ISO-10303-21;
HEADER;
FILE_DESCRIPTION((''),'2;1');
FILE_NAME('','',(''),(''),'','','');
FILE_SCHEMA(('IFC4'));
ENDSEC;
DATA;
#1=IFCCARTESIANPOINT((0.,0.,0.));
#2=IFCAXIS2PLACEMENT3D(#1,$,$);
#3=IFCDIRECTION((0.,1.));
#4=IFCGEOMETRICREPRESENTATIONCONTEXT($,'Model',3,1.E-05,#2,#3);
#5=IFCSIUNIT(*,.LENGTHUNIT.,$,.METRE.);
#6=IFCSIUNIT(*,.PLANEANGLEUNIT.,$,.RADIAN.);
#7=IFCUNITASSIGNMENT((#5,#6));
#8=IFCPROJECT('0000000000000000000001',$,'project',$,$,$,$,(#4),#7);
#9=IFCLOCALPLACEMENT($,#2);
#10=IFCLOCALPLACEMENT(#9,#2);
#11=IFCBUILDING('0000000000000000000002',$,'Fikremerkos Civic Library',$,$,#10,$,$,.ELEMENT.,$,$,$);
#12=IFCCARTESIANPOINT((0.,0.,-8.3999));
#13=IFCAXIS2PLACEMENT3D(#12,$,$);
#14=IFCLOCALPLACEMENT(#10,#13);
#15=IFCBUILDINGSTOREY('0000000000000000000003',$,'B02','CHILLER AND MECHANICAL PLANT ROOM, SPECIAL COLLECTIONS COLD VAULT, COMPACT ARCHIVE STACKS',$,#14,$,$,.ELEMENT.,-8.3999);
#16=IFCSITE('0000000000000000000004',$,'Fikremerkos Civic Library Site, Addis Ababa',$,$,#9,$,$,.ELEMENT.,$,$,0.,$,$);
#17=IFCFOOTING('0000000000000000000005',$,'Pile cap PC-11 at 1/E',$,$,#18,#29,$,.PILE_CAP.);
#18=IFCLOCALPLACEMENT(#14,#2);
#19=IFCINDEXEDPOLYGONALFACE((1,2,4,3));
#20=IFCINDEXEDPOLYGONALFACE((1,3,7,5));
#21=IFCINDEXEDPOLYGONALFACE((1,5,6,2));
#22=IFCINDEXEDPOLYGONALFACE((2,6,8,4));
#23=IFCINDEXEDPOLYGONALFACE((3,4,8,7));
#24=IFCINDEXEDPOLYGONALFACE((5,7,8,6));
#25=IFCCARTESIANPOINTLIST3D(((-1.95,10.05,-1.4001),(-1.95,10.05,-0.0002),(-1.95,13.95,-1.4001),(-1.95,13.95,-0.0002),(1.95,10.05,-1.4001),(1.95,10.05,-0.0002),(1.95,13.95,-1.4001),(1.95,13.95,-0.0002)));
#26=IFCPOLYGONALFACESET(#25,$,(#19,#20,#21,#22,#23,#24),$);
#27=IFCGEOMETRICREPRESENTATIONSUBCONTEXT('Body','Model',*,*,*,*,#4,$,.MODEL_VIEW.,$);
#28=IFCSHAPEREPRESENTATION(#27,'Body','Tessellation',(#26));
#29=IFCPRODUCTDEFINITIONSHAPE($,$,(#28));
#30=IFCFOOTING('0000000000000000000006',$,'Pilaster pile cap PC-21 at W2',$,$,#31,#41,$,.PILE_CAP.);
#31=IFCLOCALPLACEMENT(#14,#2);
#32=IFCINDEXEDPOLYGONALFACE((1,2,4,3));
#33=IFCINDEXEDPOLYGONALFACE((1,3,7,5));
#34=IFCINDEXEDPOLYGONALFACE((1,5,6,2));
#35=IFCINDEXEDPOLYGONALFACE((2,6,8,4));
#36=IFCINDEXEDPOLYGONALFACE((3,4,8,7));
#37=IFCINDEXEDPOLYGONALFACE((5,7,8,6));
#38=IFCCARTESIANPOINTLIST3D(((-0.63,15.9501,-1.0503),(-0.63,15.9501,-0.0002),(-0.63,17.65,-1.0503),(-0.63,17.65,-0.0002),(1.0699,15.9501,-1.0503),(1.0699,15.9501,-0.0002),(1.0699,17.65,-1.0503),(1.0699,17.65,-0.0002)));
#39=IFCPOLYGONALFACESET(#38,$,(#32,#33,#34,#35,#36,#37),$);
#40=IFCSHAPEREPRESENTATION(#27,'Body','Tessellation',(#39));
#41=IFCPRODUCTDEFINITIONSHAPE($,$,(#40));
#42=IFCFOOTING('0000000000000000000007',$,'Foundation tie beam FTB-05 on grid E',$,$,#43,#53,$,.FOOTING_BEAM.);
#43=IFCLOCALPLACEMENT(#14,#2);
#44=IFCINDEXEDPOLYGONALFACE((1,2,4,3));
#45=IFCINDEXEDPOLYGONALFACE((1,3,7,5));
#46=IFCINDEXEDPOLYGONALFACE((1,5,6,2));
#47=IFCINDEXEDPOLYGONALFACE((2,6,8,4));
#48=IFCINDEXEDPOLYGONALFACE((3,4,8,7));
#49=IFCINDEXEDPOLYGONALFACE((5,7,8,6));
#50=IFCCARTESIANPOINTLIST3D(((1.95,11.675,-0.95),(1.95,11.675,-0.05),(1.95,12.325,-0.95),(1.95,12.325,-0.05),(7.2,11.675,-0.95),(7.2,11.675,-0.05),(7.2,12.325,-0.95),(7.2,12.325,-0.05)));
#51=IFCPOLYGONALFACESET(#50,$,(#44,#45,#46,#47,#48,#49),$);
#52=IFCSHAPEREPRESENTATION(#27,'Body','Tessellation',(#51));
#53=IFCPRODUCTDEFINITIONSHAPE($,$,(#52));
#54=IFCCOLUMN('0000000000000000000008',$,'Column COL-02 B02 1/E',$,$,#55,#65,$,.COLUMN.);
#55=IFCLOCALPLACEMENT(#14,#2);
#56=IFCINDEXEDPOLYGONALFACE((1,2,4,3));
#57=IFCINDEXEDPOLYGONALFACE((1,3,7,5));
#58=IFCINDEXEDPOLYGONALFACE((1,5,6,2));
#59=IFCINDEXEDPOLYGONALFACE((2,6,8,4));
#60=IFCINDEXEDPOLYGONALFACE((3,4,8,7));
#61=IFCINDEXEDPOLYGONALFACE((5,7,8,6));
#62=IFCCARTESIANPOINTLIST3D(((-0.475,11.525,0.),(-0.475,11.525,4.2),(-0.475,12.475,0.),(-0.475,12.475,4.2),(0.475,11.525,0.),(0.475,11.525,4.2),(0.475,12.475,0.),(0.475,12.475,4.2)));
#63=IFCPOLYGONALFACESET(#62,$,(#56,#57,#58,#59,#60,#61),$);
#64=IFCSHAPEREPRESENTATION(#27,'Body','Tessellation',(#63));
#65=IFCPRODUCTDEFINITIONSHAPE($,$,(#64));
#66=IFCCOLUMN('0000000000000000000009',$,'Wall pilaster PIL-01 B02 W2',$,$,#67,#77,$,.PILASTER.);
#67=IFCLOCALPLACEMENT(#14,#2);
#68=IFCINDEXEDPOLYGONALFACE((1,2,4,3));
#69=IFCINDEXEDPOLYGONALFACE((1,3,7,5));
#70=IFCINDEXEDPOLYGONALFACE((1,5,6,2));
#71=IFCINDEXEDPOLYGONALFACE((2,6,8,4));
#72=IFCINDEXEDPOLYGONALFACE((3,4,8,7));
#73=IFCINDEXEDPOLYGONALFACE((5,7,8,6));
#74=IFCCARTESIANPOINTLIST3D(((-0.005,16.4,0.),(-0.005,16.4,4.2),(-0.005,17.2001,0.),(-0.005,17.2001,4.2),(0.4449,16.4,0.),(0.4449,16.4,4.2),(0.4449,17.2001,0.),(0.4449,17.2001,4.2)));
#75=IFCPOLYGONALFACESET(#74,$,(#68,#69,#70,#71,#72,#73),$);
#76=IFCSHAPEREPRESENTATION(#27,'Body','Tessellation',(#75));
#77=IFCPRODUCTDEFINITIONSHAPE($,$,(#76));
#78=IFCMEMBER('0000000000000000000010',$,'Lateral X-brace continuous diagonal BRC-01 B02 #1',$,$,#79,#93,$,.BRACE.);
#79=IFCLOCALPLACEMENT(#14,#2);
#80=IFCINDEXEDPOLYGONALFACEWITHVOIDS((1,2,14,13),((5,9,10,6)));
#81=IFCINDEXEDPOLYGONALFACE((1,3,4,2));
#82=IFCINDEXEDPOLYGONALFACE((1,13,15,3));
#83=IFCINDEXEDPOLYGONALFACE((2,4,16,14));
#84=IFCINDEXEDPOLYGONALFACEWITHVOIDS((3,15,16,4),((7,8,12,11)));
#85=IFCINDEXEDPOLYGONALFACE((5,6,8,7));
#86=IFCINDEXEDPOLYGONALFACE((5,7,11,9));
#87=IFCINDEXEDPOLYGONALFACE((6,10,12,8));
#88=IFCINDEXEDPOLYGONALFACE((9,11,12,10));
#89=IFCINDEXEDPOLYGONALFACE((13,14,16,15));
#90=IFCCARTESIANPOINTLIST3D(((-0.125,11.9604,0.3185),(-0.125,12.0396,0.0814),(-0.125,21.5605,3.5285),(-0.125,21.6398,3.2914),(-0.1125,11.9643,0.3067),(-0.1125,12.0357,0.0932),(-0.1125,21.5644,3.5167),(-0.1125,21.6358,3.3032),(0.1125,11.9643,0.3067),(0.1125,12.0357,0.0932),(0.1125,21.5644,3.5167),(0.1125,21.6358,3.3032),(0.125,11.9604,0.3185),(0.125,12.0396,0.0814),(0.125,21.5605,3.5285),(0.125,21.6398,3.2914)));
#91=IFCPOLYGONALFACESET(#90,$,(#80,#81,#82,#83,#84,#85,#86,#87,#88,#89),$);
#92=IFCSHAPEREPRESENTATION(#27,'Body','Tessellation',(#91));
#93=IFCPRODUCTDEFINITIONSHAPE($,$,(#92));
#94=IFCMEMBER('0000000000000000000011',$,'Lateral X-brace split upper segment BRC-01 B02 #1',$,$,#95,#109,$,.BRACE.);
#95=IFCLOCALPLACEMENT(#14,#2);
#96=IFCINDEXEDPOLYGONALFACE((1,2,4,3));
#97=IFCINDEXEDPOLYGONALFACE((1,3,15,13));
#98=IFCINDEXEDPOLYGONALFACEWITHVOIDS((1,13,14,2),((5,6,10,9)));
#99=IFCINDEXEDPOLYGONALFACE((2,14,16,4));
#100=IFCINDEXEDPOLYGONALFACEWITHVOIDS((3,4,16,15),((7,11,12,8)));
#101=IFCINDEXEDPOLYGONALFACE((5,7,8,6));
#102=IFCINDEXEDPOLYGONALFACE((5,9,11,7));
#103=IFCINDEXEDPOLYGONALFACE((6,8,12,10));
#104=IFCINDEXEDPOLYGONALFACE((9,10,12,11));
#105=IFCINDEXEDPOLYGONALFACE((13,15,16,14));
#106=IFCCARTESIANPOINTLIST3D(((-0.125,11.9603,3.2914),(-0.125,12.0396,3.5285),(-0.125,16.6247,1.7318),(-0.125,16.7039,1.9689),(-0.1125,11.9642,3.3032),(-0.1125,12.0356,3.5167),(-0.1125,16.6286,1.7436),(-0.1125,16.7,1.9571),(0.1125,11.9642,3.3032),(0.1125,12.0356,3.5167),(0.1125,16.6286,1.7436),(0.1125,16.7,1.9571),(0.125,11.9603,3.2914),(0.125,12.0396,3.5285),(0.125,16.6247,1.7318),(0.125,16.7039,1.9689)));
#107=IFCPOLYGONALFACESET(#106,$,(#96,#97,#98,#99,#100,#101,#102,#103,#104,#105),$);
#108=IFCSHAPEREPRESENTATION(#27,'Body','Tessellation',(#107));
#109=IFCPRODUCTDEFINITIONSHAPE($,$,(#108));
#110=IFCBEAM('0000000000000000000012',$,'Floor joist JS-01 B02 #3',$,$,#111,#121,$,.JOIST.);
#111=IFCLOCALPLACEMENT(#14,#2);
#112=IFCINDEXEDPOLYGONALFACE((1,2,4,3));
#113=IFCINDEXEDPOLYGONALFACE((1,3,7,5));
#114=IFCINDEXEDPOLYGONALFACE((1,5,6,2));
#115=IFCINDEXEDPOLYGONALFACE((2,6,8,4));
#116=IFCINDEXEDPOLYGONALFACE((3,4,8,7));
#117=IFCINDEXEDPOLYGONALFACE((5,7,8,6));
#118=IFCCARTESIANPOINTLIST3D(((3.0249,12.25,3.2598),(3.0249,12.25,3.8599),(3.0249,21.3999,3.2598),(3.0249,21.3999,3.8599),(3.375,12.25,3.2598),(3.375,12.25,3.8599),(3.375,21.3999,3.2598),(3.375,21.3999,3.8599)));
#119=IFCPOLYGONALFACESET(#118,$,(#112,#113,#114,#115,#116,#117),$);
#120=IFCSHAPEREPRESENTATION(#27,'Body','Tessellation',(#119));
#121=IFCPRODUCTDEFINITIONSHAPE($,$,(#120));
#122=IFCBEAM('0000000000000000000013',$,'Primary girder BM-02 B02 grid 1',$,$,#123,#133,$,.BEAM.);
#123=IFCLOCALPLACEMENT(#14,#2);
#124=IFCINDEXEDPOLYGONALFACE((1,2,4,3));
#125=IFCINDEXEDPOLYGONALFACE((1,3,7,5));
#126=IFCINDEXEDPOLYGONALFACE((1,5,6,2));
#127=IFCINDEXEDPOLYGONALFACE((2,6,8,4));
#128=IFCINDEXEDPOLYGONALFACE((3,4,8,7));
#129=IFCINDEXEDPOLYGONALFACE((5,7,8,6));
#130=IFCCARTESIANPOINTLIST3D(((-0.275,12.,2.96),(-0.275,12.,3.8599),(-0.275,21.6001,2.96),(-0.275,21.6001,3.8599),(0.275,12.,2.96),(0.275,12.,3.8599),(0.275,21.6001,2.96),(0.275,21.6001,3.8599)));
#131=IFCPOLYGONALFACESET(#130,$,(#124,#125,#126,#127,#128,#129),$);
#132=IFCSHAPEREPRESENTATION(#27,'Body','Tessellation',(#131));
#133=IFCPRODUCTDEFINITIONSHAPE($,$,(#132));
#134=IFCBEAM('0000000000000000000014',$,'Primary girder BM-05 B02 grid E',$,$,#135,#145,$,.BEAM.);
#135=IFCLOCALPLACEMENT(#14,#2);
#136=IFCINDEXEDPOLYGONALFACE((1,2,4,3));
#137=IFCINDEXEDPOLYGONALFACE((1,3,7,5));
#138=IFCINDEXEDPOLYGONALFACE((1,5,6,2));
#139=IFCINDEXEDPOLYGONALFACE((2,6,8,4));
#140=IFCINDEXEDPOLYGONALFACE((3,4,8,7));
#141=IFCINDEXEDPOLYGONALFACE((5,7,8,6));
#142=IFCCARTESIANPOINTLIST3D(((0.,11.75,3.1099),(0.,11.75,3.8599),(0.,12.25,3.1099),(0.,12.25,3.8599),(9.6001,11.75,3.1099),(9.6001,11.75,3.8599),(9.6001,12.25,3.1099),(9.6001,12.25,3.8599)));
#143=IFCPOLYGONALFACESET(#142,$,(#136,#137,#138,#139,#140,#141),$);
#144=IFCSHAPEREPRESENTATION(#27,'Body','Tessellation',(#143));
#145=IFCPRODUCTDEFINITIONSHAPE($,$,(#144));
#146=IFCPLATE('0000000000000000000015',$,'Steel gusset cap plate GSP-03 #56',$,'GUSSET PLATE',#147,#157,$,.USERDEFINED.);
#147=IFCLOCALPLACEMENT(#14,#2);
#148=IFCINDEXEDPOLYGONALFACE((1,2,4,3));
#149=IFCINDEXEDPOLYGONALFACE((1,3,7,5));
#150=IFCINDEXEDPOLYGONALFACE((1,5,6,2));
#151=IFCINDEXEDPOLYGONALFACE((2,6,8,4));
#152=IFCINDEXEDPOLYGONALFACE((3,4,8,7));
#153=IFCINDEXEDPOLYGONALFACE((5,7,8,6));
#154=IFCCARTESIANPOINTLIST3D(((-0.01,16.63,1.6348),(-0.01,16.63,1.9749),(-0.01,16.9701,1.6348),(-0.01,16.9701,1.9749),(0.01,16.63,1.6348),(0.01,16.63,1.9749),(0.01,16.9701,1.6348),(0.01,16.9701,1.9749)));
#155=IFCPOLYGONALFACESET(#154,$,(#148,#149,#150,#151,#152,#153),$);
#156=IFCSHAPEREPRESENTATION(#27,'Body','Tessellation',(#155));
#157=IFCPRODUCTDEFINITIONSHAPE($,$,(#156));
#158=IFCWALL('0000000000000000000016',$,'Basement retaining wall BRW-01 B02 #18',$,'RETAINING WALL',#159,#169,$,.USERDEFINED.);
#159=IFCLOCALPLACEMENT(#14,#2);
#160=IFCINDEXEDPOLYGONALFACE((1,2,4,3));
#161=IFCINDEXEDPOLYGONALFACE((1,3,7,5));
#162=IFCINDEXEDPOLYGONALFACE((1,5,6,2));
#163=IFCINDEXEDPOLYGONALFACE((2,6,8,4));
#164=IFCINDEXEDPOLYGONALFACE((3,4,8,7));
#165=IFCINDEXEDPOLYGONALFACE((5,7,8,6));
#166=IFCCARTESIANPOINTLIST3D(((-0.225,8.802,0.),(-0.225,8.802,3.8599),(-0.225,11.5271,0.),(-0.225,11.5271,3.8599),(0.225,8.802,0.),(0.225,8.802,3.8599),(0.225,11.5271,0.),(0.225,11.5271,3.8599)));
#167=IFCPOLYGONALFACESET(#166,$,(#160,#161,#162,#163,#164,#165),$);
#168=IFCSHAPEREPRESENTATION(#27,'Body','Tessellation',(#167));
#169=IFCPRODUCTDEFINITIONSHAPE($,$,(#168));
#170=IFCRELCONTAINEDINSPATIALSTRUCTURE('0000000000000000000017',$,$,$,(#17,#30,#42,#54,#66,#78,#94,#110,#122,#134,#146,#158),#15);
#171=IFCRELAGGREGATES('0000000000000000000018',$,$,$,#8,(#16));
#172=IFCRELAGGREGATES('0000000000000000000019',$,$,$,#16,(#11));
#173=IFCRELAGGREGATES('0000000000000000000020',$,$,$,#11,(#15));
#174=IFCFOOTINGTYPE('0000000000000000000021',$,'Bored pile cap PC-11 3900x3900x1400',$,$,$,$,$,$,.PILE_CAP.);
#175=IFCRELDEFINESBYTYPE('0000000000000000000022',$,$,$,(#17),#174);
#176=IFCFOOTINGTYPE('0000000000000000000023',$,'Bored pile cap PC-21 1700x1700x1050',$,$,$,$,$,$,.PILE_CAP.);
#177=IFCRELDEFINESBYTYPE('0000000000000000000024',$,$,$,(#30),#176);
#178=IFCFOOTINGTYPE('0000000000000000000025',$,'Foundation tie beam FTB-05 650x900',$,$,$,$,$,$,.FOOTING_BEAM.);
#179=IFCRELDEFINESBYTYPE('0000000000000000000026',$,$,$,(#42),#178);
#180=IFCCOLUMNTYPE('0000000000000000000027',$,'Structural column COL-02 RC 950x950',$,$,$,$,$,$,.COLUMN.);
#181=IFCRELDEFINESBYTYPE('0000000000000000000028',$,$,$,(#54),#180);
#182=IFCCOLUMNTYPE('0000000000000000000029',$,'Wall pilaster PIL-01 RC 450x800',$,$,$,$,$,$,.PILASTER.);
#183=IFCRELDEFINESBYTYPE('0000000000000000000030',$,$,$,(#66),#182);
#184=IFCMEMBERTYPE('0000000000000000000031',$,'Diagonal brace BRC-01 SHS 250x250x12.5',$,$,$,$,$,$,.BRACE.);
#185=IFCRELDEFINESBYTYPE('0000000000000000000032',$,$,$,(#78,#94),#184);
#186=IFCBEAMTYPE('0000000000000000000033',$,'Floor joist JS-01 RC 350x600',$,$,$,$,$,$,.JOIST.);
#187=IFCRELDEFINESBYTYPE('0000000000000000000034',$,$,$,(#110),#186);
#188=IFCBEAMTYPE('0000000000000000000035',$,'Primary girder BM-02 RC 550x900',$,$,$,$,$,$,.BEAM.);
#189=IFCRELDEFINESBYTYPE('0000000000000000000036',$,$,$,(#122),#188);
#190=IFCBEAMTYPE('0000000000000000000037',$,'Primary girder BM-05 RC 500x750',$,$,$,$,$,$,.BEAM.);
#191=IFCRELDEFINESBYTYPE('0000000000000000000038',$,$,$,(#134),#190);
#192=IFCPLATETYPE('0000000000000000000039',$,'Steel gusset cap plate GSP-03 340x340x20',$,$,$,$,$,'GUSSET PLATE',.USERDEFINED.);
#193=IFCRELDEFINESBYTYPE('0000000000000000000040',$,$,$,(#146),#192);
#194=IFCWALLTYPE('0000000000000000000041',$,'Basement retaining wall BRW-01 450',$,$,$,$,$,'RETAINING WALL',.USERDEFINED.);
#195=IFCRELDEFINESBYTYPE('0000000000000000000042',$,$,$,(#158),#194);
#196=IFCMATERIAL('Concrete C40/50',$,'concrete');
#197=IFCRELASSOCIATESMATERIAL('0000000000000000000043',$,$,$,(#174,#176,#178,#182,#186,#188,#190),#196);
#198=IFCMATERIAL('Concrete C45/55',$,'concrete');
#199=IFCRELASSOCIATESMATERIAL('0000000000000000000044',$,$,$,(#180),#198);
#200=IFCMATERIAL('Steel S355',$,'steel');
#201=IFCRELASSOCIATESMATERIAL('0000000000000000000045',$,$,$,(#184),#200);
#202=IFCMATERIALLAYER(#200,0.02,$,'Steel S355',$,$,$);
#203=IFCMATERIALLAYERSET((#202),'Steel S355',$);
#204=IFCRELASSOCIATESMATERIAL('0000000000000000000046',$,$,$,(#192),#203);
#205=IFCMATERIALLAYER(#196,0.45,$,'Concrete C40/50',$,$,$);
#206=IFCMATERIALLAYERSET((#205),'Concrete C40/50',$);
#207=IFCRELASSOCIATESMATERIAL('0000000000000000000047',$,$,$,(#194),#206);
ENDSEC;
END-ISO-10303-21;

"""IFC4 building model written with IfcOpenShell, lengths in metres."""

from ifc_helpers import new_model, si_unit, direction, frame, frame_2d, origin, origin_2d, place, context, subcontext, project, spatial, rectangle, hollow_rectangle, extrude, material, layer, layer_set, material_profile, profile_set, type_object, element, save


model = new_model("IFC4")

# Units and contexts
model_context = context("Model", 3, precision=1e-05, world=origin(), true_north=direction((0.0, 1.0)))
body_context = subcontext(model_context, "Body", "Model", "MODEL_VIEW")
ifc_project = project(units=[si_unit("LENGTHUNIT", "METRE"), si_unit("PLANEANGLEUNIT", "RADIAN")], contexts=[model_context])

# Site, building, storey
site_placement = place(None, origin())
site = spatial("IfcSite", under=ifc_project, at=site_placement, Name="Fikremerkos Civic Library Site, Addis Ababa", CompositionType="ELEMENT", RefElevation=0.0)
building_placement = place(site_placement, origin())
building = spatial("IfcBuilding", under=site, at=building_placement, Name="Fikremerkos Civic Library", CompositionType="ELEMENT")
storey_placement = place(building_placement, frame((0.0, 0.0, -8.3999)))
storey = spatial("IfcBuildingStorey", under=building, at=storey_placement, Name="B02", Description="CHILLER AND MECHANICAL PLANT ROOM, SPECIAL COLLECTIONS COLD VAULT, COMPACT ARCHIVE STACKS", CompositionType="ELEMENT", Elevation=-8.3999)

# Footings
ifc_material_1 = material(Name="Concrete C40/50", Category="concrete")
footing_type_1 = type_object("IfcFootingType", Name="Bored pile cap PC-11 3900x3900x1400", PredefinedType="PILE_CAP", material=ifc_material_1)
footing_1_placement = place(storey_placement, frame((0.0, 12.0, -1.4001), z_axis=(0.0, 0.0, 1.0), x_axis=(1.0, 0.0, 0.0)))
element("IfcFooting", 1, at=footing_1_placement, inside=storey, type_object=footing_type_1, Name="Pile cap PC-11 at 1/E", PredefinedType="PILE_CAP", context=body_context, shape_type="SweptSolid", body=[
    extrude(rectangle(XDim=3.8999, YDim=3.8999, at=origin_2d()), origin(), (0.0, 0.0, 1.0), 1.3999),
])
footing_type_2 = type_object("IfcFootingType", Name="Bored pile cap PC-21 1700x1700x1050", PredefinedType="PILE_CAP", material=ifc_material_1)
footing_2_placement = place(storey_placement, frame((0.22, 16.8, -1.0503), z_axis=(0.0, 0.0, 1.0), x_axis=(1.0, 0.0, 0.0)))
element("IfcFooting", 2, at=footing_2_placement, inside=storey, type_object=footing_type_2, Name="Pilaster pile cap PC-21 at W2", PredefinedType="PILE_CAP", context=body_context, shape_type="SweptSolid", body=[
    extrude(rectangle(XDim=1.7, YDim=1.7, at=origin_2d()), origin(), (0.0, 0.0, 1.0), 1.05),
])
footing_type_3 = type_object("IfcFootingType", Name="Foundation tie beam FTB-05 650x900", PredefinedType="FOOTING_BEAM", material=ifc_material_1)
footing_3_placement = place(storey_placement, frame((4.575, 12.0, -0.95), z_axis=(0.0, 0.0, 1.0), x_axis=(1.0, 0.0, 0.0)))
element("IfcFooting", 3, at=footing_3_placement, inside=storey, type_object=footing_type_3, Name="Foundation tie beam FTB-05 on grid E", PredefinedType="FOOTING_BEAM", context=body_context, shape_type="SweptSolid", body=[
    extrude(rectangle(XDim=5.25, YDim=0.6499, at=origin_2d()), origin(), (0.0, 0.0, 1.0), 0.8999),
])

# Columns
ifc_material_2 = material(Name="Concrete C45/55", Category="concrete")
ifc_material_profile_1 = material_profile(ifc_material_2, rectangle(XDim=0.95, YDim=0.95, at=origin_2d()), Name="RC 950x950")
ifc_profile_set_1 = profile_set([ifc_material_profile_1], Name="Concrete C45/55")
column_type_1 = type_object("IfcColumnType", Name="Structural column COL-02 RC 950x950", PredefinedType="COLUMN", material=ifc_profile_set_1)
column_1_placement = place(storey_placement, frame((0.0, 12.0, 0.0), z_axis=(0.0, 0.0, 1.0), x_axis=(1.0, 0.0, 0.0)))
element("IfcColumn", 4, at=column_1_placement, inside=storey, type_object=column_type_1, Name="Column COL-02 B02 1/E", PredefinedType="COLUMN", context=body_context, shape_type="SweptSolid", body=[
    extrude(rectangle(XDim=0.95, YDim=0.95, at=origin_2d()), origin(), (0.0, 0.0, 1.0), 4.2),
])
ifc_material_profile_2 = material_profile(ifc_material_1, rectangle(XDim=0.45, YDim=0.8, at=origin_2d()), Name="RC 450x800")
ifc_profile_set_2 = profile_set([ifc_material_profile_2], Name="Concrete C40/50")
column_type_2 = type_object("IfcColumnType", Name="Wall pilaster PIL-01 RC 450x800", PredefinedType="PILASTER", material=ifc_profile_set_2)
column_2_placement = place(storey_placement, frame((0.22, 16.8, 0.0), z_axis=(0.0, 0.0, 1.0), x_axis=(1.0, 0.0, 0.0)))
element("IfcColumn", 5, at=column_2_placement, inside=storey, type_object=column_type_2, Name="Wall pilaster PIL-01 B02 W2", PredefinedType="PILASTER", context=body_context, shape_type="SweptSolid", body=[
    extrude(rectangle(XDim=0.45, YDim=0.8, at=origin_2d()), origin(), (0.0, 0.0, 1.0), 4.2),
])

# Members
ifc_material_3 = material(Name="Steel S355", Category="steel")
ifc_material_profile_3 = material_profile(ifc_material_3, hollow_rectangle(XDim=0.25, YDim=0.25, WallThickness=0.0125, at=origin_2d()), Name="SHS 250x250x12.5")
ifc_profile_set_3 = profile_set([ifc_material_profile_3], Name="Steel S355")
member_type = type_object("IfcMemberType", Name="Diagonal brace BRC-01 SHS 250x250x12.5", PredefinedType="BRACE", material=ifc_profile_set_3)
member_1_placement = place(storey_placement, frame((0.0, 12.0, 0.2), z_axis=(0.0, 0.948389, 0.31711), x_axis=(-1.0, 0.0, 0.0)))
element("IfcMember", 6, at=member_1_placement, inside=storey, type_object=member_type, Name="Lateral X-brace continuous diagonal BRC-01 B02 #1", PredefinedType="BRACE", context=body_context, shape_type="SweptSolid", body=[
    extrude(hollow_rectangle(XDim=0.25, YDim=0.25, WallThickness=0.0125, at=origin_2d()), origin(), (0.0, 0.0, 1.0), 10.1226),
])
member_2_placement = place(storey_placement, frame((0.0, 16.6643, 1.8503), z_axis=(0.0, -0.94839, 0.317106), x_axis=(1.0, 0.0, 0.0)))
element("IfcMember", 7, at=member_2_placement, inside=storey, type_object=member_type, Name="Lateral X-brace split upper segment BRC-01 B02 #1", PredefinedType="BRACE", context=body_context, shape_type="SweptSolid", body=[
    extrude(hollow_rectangle(XDim=0.25, YDim=0.25, WallThickness=0.0125, at=origin_2d()), origin(), (0.0, 0.0, 1.0), 4.9182),
])

# Beams
ifc_material_profile_4 = material_profile(ifc_material_1, rectangle(XDim=0.3501, YDim=0.6001, at=origin_2d()), Name="RC 350x600")
ifc_profile_set_4 = profile_set([ifc_material_profile_4], Name="Concrete C40/50")
beam_type_1 = type_object("IfcBeamType", Name="Floor joist JS-01 RC 350x600", PredefinedType="JOIST", material=ifc_profile_set_4)
beam_1_placement = place(storey_placement, frame((3.2, 12.25, 3.5598), z_axis=(0.0, 1.0, 0.0), x_axis=(-1.0, 0.0, 0.0)))
element("IfcBeam", 8, at=beam_1_placement, inside=storey, type_object=beam_type_1, Name="Floor joist JS-01 B02 #3", PredefinedType="JOIST", context=body_context, shape_type="SweptSolid", body=[
    extrude(rectangle(XDim=0.3501, YDim=0.6001, at=origin_2d()), origin(), (0.0, 0.0, 1.0), 9.1499),
])
ifc_material_profile_5 = material_profile(ifc_material_1, rectangle(XDim=0.55, YDim=0.8999, at=origin_2d()), Name="RC 550x900")
ifc_profile_set_5 = profile_set([ifc_material_profile_5], Name="Concrete C40/50")
beam_type_2 = type_object("IfcBeamType", Name="Primary girder BM-02 RC 550x900", PredefinedType="BEAM", material=ifc_profile_set_5)
beam_2_placement = place(storey_placement, frame((0.0, 12.0, 3.4099), z_axis=(0.0, 1.0, 0.0), x_axis=(-1.0, 0.0, 0.0)))
element("IfcBeam", 9, at=beam_2_placement, inside=storey, type_object=beam_type_2, Name="Primary girder BM-02 B02 grid 1", PredefinedType="BEAM", context=body_context, shape_type="SweptSolid", body=[
    extrude(rectangle(XDim=0.55, YDim=0.8999, at=origin_2d()), origin(), (0.0, 0.0, 1.0), 9.6001),
])
ifc_material_profile_6 = material_profile(ifc_material_1, rectangle(XDim=0.5, YDim=0.75, at=origin_2d()), Name="RC 500x750")
ifc_profile_set_6 = profile_set([ifc_material_profile_6], Name="Concrete C40/50")
beam_type_3 = type_object("IfcBeamType", Name="Primary girder BM-05 RC 500x750", PredefinedType="BEAM", material=ifc_profile_set_6)
beam_3_placement = place(storey_placement, frame((0.0, 12.0, 3.4849), z_axis=(1.0, 0.0, 0.0), x_axis=(0.0, 1.0, 0.0)))
element("IfcBeam", 10, at=beam_3_placement, inside=storey, type_object=beam_type_3, Name="Primary girder BM-05 B02 grid E", PredefinedType="BEAM", context=body_context, shape_type="SweptSolid", body=[
    extrude(rectangle(XDim=0.5, YDim=0.75, at=origin_2d()), origin(), (0.0, 0.0, 1.0), 9.6001),
])

# Plate
ifc_layer_1 = layer(ifc_material_3, 0.02, Name="Steel S355")
ifc_layer_set_1 = layer_set([ifc_layer_1], Name="Steel S355")
plate_type = type_object("IfcPlateType", Name="Steel gusset cap plate GSP-03 340x340x20", ElementType="GUSSET PLATE", PredefinedType="USERDEFINED", material=ifc_layer_set_1)
plate_placement = place(storey_placement, frame((0.0, 16.8, 1.6348), z_axis=(0.0, 0.0, 1.0), x_axis=(1.0, 0.0, 0.0)))
element("IfcPlate", 11, at=plate_placement, inside=storey, type_object=plate_type, Name="Steel gusset cap plate GSP-03 #56", ObjectType="GUSSET PLATE", PredefinedType="USERDEFINED", context=body_context, shape_type="SweptSolid", body=[
    extrude(rectangle(XDim=0.02, YDim=0.3401, at=origin_2d()), origin(), (0.0, 0.0, 1.0), 0.3401),
])

# Wall
ifc_layer_2 = layer(ifc_material_1, 0.45, Name="Concrete C40/50")
ifc_layer_set_2 = layer_set([ifc_layer_2], Name="Concrete C40/50")
wall_type = type_object("IfcWallType", Name="Basement retaining wall BRW-01 450", ElementType="RETAINING WALL", PredefinedType="USERDEFINED", material=ifc_layer_set_2)
wall_1_placement = place(storey_placement, frame((0.0, 8.802, 0.0), z_axis=(0.0, 0.0, 1.0), x_axis=(0.0, 1.0, 0.0)))
element("IfcWall", 12, at=wall_1_placement, inside=storey, type_object=wall_type, Name="Basement retaining wall BRW-01 B02 #18", ObjectType="RETAINING WALL", PredefinedType="USERDEFINED", context=body_context, shape_type="SweptSolid", body=[
    extrude(rectangle(XDim=2.7251, YDim=0.45, at=frame_2d((1.3625, 0.0))), origin(), (0.0, 0.0, 1.0), 3.8599),
])

save(model, "model.ifc")
